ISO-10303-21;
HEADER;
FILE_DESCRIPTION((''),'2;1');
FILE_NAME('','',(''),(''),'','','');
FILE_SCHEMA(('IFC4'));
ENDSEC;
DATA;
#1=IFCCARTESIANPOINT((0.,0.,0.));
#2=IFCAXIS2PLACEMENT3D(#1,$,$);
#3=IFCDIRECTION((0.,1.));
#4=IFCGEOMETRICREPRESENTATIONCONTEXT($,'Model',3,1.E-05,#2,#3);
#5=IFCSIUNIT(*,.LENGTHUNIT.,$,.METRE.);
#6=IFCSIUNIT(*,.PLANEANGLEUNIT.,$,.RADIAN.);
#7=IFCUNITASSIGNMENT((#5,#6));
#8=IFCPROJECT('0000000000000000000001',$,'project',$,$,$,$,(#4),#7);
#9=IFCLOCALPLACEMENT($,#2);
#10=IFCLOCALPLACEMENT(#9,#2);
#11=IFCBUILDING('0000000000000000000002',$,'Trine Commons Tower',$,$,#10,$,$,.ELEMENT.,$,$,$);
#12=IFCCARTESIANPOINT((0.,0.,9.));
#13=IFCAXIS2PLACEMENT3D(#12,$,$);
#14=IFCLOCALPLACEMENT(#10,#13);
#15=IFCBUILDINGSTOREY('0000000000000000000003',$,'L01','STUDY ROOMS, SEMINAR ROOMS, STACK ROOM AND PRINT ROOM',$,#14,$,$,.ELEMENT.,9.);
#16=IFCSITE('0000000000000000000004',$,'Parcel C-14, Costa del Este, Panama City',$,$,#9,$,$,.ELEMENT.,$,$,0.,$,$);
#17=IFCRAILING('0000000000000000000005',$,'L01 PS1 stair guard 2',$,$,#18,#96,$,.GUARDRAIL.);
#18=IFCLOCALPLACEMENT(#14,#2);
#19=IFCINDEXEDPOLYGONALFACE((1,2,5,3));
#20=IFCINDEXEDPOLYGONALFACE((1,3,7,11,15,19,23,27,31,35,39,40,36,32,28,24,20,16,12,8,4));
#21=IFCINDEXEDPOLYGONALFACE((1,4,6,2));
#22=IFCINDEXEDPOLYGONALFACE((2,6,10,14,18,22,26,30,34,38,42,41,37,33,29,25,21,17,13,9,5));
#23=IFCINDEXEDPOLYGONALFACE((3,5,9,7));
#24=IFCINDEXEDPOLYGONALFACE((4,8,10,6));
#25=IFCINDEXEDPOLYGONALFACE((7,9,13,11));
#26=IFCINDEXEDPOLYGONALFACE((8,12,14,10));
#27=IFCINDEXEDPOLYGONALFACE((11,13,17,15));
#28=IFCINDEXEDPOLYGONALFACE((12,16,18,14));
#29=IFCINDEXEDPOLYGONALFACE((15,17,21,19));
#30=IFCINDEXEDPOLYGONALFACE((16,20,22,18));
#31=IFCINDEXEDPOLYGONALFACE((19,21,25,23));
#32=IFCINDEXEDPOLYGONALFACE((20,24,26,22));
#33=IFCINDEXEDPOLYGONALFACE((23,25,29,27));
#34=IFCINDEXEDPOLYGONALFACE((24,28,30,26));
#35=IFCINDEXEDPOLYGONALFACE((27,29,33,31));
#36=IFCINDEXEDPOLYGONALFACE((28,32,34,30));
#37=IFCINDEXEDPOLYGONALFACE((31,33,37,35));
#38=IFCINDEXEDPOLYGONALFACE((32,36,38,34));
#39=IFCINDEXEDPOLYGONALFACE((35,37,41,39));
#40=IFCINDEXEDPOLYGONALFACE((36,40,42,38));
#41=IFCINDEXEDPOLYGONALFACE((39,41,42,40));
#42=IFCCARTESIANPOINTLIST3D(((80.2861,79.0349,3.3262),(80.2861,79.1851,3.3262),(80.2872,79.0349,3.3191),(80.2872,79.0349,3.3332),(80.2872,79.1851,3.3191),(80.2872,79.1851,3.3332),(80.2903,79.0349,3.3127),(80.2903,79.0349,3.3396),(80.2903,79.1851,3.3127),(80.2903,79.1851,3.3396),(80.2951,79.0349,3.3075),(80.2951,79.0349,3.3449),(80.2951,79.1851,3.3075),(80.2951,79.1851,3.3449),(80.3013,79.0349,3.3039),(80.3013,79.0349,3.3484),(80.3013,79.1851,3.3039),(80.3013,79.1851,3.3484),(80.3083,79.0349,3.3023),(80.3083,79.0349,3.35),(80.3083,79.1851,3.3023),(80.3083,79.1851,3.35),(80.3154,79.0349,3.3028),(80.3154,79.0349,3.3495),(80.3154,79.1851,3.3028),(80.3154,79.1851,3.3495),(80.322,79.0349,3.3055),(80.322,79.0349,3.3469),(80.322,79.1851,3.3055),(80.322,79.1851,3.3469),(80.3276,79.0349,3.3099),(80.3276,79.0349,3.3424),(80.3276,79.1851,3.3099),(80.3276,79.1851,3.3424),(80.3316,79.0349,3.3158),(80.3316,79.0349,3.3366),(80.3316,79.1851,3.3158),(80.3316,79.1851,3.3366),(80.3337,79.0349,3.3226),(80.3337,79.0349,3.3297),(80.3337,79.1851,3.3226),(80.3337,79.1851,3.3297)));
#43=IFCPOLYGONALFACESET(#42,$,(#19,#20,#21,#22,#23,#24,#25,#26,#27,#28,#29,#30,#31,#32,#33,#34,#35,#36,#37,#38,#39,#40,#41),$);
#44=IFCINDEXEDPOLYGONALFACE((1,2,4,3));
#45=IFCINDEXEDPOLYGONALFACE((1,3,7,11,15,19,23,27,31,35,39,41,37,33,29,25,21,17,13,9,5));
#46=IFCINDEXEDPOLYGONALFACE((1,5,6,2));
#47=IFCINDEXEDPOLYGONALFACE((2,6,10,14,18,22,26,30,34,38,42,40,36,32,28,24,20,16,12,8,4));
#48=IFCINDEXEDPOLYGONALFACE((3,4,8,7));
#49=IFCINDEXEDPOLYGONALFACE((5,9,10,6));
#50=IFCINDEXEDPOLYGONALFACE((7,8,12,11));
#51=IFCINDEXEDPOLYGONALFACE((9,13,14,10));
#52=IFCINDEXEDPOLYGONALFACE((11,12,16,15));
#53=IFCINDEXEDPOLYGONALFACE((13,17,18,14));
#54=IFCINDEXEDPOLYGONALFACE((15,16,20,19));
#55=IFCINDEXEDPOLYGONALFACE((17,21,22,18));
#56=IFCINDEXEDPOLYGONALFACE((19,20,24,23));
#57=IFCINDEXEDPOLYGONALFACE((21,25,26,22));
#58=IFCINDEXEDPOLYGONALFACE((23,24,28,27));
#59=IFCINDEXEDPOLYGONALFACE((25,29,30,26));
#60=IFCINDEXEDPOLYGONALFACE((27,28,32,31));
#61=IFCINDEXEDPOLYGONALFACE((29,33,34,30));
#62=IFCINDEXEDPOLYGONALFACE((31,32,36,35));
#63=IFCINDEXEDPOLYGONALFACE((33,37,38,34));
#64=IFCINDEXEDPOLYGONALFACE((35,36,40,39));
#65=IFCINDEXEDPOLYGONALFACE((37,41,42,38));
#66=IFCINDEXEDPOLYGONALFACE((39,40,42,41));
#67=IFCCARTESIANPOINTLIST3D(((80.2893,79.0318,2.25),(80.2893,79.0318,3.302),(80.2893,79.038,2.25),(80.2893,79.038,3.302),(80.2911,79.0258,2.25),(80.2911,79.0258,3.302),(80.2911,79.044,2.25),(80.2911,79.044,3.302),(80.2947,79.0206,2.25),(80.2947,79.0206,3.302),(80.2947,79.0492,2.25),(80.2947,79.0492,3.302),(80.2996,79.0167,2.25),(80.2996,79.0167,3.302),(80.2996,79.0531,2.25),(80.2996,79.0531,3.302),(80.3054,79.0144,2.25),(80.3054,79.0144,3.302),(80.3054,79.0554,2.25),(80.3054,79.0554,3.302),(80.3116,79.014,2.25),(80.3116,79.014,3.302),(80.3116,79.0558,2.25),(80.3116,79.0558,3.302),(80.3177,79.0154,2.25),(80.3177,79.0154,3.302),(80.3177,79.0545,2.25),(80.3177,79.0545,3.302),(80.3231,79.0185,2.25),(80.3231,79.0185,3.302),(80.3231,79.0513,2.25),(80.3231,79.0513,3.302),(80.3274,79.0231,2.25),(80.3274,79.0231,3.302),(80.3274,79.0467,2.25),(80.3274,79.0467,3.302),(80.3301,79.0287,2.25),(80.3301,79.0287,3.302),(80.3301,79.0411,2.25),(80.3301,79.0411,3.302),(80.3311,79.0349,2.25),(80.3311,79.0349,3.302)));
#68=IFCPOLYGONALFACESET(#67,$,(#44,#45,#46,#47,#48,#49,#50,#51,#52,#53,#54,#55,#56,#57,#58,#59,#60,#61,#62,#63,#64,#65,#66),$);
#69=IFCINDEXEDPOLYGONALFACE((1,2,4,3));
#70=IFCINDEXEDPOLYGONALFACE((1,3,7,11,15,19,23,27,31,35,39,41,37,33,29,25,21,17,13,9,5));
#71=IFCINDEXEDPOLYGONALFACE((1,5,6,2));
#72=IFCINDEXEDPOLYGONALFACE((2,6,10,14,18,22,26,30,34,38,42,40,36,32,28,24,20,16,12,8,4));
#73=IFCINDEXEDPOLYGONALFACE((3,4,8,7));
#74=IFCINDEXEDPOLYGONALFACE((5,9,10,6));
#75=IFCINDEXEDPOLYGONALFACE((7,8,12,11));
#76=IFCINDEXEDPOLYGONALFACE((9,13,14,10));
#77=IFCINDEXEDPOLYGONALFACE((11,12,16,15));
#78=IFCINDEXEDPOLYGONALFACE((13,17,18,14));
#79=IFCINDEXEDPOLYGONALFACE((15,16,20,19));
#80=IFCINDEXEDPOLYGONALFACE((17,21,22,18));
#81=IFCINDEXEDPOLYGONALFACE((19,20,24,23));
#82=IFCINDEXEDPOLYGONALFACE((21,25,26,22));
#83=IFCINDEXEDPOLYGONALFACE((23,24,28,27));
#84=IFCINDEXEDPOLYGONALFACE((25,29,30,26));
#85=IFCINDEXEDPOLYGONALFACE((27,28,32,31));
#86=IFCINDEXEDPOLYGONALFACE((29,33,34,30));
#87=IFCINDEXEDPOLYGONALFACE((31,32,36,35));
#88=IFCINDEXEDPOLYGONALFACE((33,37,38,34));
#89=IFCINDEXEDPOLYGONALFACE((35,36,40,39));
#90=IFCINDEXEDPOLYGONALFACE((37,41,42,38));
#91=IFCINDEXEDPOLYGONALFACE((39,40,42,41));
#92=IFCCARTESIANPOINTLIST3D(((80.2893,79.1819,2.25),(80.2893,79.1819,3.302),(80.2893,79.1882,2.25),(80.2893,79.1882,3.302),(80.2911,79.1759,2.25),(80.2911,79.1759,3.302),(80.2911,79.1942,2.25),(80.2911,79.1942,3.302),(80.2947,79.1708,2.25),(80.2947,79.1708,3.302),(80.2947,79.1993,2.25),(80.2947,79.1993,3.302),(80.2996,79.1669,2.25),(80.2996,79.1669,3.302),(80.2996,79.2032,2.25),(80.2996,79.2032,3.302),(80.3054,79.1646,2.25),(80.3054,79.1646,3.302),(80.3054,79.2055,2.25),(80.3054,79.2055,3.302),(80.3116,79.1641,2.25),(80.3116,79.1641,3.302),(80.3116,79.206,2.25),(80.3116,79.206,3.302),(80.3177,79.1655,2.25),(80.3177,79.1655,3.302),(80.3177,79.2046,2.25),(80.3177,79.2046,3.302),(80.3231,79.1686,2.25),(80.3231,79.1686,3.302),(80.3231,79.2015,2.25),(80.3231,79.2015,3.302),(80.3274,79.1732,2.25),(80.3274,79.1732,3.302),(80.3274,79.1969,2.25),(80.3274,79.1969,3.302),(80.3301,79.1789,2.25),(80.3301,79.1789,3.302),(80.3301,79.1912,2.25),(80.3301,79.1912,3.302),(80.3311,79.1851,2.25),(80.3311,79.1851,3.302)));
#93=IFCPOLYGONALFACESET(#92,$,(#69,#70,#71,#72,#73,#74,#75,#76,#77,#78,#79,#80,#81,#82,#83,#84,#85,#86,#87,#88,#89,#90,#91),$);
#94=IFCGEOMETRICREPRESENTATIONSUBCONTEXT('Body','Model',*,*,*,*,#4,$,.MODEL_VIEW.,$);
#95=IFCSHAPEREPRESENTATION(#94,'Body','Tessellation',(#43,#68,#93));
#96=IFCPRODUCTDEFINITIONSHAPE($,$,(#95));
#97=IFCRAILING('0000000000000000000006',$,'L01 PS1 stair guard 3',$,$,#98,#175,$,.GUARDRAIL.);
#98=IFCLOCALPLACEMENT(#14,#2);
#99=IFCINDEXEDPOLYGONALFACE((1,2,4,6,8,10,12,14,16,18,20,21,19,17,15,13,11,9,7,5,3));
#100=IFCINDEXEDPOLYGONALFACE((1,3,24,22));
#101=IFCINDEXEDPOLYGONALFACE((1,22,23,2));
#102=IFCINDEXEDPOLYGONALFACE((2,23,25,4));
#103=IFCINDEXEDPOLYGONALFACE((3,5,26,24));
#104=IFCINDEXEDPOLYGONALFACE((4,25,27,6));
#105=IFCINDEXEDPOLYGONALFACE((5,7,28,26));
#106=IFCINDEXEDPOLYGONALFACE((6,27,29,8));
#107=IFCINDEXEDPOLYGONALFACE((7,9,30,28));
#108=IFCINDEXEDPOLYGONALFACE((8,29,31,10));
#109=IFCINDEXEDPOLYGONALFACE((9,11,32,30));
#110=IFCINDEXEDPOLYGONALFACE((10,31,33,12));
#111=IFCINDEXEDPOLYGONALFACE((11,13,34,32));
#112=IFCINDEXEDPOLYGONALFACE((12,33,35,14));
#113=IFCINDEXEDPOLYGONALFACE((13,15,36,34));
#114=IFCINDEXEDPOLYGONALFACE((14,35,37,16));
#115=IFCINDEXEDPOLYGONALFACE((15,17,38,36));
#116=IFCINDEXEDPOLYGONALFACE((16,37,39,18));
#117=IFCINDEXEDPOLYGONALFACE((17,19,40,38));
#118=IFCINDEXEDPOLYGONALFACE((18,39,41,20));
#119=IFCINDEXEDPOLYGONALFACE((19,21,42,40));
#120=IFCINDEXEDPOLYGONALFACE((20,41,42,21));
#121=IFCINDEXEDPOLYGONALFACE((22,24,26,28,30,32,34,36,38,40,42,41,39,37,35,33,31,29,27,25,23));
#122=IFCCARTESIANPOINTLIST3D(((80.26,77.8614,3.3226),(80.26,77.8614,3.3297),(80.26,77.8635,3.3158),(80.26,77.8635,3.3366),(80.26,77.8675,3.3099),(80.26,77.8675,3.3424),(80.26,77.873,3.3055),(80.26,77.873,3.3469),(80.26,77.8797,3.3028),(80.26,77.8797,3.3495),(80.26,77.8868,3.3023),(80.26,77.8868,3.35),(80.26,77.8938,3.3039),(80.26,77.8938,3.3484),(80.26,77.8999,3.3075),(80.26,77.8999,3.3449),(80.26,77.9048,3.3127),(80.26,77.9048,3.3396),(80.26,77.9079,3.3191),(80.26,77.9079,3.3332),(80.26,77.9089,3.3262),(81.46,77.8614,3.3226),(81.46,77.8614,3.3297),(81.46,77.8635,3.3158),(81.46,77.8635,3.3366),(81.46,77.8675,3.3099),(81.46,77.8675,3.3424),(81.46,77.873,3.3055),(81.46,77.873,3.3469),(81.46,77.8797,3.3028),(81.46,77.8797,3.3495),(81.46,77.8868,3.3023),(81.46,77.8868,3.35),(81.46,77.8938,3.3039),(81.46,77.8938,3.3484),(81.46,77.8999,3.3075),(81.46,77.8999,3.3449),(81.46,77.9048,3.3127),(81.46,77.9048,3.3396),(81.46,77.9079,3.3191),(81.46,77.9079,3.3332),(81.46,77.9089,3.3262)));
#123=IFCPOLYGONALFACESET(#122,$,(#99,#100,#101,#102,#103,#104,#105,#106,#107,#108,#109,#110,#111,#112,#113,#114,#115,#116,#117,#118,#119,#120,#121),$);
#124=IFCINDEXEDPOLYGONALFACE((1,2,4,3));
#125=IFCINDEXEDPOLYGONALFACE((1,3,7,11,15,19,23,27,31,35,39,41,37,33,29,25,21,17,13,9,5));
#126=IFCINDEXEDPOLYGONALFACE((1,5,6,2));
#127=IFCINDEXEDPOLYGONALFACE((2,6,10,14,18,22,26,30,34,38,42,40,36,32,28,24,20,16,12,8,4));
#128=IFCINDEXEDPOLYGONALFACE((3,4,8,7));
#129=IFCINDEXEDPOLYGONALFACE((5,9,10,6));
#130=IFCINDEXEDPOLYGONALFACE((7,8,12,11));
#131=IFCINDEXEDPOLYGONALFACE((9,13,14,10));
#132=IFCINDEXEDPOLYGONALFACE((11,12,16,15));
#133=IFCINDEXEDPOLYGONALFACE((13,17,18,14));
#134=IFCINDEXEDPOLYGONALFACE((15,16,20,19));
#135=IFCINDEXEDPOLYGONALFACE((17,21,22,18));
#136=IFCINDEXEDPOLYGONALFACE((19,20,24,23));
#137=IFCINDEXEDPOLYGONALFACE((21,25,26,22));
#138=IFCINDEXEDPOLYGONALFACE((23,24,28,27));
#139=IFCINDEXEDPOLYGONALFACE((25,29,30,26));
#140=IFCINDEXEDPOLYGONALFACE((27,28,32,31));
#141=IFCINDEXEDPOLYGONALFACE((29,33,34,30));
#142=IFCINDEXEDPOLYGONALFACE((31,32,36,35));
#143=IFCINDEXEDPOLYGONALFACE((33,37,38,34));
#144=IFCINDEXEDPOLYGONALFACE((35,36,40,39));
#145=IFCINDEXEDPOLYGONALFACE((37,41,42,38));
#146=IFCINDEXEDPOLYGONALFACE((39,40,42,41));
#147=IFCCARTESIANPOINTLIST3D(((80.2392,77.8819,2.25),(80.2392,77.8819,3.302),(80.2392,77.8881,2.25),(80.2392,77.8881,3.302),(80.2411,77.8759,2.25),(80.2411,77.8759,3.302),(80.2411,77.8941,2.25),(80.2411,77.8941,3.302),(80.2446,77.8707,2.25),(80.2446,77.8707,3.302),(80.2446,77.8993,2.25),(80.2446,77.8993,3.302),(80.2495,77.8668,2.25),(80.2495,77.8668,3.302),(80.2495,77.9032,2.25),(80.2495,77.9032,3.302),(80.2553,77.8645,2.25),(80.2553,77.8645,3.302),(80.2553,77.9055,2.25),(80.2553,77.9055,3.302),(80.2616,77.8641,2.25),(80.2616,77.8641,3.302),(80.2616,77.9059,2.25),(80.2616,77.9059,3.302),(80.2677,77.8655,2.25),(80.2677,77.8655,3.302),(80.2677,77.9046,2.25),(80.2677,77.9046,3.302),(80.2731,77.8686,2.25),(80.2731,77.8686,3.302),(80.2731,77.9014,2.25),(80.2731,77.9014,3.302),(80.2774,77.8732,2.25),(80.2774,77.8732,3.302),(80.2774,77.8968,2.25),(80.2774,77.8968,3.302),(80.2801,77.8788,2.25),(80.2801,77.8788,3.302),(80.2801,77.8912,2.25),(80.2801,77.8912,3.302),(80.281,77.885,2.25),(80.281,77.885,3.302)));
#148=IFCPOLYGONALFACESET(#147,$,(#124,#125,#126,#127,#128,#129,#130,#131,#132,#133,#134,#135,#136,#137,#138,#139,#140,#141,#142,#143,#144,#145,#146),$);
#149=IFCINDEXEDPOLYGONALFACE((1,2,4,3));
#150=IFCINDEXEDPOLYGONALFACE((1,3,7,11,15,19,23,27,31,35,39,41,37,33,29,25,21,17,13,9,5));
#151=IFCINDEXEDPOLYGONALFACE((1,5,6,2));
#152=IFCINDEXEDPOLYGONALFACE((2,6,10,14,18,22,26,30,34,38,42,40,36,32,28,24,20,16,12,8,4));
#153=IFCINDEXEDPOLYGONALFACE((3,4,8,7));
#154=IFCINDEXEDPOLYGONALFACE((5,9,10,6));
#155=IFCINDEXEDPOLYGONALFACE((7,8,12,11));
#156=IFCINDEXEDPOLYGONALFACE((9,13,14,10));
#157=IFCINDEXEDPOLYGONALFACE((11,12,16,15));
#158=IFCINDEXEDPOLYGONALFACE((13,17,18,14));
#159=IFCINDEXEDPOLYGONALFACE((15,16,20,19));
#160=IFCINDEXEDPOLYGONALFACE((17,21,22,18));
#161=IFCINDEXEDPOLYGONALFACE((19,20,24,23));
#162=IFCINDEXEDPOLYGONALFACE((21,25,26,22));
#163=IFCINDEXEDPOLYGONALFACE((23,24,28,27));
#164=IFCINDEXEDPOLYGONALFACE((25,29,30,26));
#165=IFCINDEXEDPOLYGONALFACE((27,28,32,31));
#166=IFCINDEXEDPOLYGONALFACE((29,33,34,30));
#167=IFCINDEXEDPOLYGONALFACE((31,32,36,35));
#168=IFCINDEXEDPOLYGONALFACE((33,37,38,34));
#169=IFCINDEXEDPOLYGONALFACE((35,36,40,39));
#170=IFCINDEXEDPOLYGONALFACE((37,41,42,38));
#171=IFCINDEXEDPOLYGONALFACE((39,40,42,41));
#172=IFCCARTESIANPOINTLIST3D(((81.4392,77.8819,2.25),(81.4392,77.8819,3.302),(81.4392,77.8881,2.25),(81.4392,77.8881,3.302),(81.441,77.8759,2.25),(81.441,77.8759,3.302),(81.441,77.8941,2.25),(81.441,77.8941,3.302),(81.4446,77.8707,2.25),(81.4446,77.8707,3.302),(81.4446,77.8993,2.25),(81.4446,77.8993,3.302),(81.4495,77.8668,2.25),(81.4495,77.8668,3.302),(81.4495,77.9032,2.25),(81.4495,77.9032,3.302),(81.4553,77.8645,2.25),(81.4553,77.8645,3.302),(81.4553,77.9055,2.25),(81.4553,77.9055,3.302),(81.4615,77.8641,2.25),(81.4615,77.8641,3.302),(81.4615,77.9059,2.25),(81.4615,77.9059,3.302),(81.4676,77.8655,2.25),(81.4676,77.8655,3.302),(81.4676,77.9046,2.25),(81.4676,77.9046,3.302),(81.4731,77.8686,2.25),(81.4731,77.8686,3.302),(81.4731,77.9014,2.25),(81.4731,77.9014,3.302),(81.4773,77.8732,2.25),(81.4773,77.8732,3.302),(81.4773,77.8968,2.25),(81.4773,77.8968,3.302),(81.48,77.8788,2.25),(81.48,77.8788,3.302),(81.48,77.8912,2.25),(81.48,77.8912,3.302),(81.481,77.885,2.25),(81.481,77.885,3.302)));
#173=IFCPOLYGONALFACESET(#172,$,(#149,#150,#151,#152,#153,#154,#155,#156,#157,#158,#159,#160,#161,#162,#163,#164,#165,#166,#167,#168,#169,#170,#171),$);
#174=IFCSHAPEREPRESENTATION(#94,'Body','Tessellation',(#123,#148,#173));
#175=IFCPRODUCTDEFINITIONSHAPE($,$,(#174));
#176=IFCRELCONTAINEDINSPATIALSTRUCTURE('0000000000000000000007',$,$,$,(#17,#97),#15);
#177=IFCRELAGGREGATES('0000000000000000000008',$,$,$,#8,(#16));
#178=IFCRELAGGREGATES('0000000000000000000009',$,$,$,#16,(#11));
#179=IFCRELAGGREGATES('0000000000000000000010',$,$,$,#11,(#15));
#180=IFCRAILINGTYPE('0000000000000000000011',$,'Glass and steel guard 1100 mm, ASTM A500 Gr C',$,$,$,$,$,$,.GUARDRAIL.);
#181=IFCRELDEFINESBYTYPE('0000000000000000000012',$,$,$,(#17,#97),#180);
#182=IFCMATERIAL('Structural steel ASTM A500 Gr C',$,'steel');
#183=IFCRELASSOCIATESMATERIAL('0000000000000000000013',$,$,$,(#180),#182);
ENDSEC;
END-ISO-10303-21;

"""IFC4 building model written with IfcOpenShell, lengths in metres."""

from ifc_helpers import new_model, si_unit, direction, frame, origin, origin_2d, place, context, subcontext, project, spatial, circle, extrude, material, type_object, element, save


model = new_model("IFC4")

# Units and contexts
model_context = context("Model", 3, precision=1e-05, world=origin(), true_north=direction((0.0, 1.0)))
body_context = subcontext(model_context, "Body", "Model", "MODEL_VIEW")
ifc_project = project(units=[si_unit("LENGTHUNIT", "METRE"), si_unit("PLANEANGLEUNIT", "RADIAN")], contexts=[model_context])

# Site, building, storey
site_placement = place(None, origin())
site = spatial("IfcSite", under=ifc_project, at=site_placement, Name="Parcel C-14, Costa del Este, Panama City", CompositionType="ELEMENT", RefElevation=0.0)
building_placement = place(site_placement, origin())
building = spatial("IfcBuilding", under=site, at=building_placement, Name="Trine Commons Tower", CompositionType="ELEMENT")
storey_placement = place(building_placement, frame((0.0, 0.0, 9.0)))
storey = spatial("IfcBuildingStorey", under=building, at=storey_placement, Name="L01", Description="STUDY ROOMS, SEMINAR ROOMS, STACK ROOM AND PRINT ROOM", CompositionType="ELEMENT", Elevation=9.0)

# Railings
ifc_material_1 = material(Name="Structural steel ASTM A500 Gr C", Category="steel")
railing_type_1 = type_object("IfcRailingType", Name="Glass and steel guard 1100 mm, ASTM A500 Gr C", PredefinedType="GUARDRAIL", material=ifc_material_1)
railing_1_placement = place(storey_placement, frame((80.3101, 79.0349, 2.25)))
element("IfcRailing", 1, at=railing_1_placement, inside=storey, type_object=railing_type_1, Name="L01 PS1 stair guard 2", PredefinedType="GUARDRAIL", context=body_context, shape_type="SweptSolid", body=[
    extrude(circle(Radius=0.0239, at=origin_2d()), frame((0.0, 0.0, 1.0762), z_axis=(0.0, 1.0, 0.0), x_axis=(-1.0, 0.0, 0.0)), (0.0, 0.0, 1.0), 0.1501),
    extrude(circle(Radius=0.021, at=origin_2d()), origin(), (0.0, 0.0, 1.0), 1.052),
    extrude(circle(Radius=0.021, at=origin_2d()), frame((0.0, 0.1501, 0.0)), (0.0, 0.0, 1.0), 1.052),
])
for number, where, name in (
    (2, (80.26, 77.885, 2.25), "L01 PS1 stair guard 3"),
):
    element("IfcRailing", number, at=place(storey_placement, frame(where)), inside=storey, type_object=railing_type_1, Name=name, PredefinedType="GUARDRAIL", context=body_context, shape_type="SweptSolid", body=[
        extrude(circle(Radius=0.0239, at=origin_2d()), frame((0.0, 0.0, 1.0762), z_axis=(1.0, 0.0, 0.0), x_axis=(0.0, 1.0, 0.0)), (0.0, 0.0, 1.0), 1.2),
        extrude(circle(Radius=0.021, at=origin_2d()), origin(), (0.0, 0.0, 1.0), 1.052),
        extrude(circle(Radius=0.021, at=origin_2d()), frame((1.2, 0.0, 0.0)), (0.0, 0.0, 1.0), 1.052),
    ])

save(model, "model.ifc")
